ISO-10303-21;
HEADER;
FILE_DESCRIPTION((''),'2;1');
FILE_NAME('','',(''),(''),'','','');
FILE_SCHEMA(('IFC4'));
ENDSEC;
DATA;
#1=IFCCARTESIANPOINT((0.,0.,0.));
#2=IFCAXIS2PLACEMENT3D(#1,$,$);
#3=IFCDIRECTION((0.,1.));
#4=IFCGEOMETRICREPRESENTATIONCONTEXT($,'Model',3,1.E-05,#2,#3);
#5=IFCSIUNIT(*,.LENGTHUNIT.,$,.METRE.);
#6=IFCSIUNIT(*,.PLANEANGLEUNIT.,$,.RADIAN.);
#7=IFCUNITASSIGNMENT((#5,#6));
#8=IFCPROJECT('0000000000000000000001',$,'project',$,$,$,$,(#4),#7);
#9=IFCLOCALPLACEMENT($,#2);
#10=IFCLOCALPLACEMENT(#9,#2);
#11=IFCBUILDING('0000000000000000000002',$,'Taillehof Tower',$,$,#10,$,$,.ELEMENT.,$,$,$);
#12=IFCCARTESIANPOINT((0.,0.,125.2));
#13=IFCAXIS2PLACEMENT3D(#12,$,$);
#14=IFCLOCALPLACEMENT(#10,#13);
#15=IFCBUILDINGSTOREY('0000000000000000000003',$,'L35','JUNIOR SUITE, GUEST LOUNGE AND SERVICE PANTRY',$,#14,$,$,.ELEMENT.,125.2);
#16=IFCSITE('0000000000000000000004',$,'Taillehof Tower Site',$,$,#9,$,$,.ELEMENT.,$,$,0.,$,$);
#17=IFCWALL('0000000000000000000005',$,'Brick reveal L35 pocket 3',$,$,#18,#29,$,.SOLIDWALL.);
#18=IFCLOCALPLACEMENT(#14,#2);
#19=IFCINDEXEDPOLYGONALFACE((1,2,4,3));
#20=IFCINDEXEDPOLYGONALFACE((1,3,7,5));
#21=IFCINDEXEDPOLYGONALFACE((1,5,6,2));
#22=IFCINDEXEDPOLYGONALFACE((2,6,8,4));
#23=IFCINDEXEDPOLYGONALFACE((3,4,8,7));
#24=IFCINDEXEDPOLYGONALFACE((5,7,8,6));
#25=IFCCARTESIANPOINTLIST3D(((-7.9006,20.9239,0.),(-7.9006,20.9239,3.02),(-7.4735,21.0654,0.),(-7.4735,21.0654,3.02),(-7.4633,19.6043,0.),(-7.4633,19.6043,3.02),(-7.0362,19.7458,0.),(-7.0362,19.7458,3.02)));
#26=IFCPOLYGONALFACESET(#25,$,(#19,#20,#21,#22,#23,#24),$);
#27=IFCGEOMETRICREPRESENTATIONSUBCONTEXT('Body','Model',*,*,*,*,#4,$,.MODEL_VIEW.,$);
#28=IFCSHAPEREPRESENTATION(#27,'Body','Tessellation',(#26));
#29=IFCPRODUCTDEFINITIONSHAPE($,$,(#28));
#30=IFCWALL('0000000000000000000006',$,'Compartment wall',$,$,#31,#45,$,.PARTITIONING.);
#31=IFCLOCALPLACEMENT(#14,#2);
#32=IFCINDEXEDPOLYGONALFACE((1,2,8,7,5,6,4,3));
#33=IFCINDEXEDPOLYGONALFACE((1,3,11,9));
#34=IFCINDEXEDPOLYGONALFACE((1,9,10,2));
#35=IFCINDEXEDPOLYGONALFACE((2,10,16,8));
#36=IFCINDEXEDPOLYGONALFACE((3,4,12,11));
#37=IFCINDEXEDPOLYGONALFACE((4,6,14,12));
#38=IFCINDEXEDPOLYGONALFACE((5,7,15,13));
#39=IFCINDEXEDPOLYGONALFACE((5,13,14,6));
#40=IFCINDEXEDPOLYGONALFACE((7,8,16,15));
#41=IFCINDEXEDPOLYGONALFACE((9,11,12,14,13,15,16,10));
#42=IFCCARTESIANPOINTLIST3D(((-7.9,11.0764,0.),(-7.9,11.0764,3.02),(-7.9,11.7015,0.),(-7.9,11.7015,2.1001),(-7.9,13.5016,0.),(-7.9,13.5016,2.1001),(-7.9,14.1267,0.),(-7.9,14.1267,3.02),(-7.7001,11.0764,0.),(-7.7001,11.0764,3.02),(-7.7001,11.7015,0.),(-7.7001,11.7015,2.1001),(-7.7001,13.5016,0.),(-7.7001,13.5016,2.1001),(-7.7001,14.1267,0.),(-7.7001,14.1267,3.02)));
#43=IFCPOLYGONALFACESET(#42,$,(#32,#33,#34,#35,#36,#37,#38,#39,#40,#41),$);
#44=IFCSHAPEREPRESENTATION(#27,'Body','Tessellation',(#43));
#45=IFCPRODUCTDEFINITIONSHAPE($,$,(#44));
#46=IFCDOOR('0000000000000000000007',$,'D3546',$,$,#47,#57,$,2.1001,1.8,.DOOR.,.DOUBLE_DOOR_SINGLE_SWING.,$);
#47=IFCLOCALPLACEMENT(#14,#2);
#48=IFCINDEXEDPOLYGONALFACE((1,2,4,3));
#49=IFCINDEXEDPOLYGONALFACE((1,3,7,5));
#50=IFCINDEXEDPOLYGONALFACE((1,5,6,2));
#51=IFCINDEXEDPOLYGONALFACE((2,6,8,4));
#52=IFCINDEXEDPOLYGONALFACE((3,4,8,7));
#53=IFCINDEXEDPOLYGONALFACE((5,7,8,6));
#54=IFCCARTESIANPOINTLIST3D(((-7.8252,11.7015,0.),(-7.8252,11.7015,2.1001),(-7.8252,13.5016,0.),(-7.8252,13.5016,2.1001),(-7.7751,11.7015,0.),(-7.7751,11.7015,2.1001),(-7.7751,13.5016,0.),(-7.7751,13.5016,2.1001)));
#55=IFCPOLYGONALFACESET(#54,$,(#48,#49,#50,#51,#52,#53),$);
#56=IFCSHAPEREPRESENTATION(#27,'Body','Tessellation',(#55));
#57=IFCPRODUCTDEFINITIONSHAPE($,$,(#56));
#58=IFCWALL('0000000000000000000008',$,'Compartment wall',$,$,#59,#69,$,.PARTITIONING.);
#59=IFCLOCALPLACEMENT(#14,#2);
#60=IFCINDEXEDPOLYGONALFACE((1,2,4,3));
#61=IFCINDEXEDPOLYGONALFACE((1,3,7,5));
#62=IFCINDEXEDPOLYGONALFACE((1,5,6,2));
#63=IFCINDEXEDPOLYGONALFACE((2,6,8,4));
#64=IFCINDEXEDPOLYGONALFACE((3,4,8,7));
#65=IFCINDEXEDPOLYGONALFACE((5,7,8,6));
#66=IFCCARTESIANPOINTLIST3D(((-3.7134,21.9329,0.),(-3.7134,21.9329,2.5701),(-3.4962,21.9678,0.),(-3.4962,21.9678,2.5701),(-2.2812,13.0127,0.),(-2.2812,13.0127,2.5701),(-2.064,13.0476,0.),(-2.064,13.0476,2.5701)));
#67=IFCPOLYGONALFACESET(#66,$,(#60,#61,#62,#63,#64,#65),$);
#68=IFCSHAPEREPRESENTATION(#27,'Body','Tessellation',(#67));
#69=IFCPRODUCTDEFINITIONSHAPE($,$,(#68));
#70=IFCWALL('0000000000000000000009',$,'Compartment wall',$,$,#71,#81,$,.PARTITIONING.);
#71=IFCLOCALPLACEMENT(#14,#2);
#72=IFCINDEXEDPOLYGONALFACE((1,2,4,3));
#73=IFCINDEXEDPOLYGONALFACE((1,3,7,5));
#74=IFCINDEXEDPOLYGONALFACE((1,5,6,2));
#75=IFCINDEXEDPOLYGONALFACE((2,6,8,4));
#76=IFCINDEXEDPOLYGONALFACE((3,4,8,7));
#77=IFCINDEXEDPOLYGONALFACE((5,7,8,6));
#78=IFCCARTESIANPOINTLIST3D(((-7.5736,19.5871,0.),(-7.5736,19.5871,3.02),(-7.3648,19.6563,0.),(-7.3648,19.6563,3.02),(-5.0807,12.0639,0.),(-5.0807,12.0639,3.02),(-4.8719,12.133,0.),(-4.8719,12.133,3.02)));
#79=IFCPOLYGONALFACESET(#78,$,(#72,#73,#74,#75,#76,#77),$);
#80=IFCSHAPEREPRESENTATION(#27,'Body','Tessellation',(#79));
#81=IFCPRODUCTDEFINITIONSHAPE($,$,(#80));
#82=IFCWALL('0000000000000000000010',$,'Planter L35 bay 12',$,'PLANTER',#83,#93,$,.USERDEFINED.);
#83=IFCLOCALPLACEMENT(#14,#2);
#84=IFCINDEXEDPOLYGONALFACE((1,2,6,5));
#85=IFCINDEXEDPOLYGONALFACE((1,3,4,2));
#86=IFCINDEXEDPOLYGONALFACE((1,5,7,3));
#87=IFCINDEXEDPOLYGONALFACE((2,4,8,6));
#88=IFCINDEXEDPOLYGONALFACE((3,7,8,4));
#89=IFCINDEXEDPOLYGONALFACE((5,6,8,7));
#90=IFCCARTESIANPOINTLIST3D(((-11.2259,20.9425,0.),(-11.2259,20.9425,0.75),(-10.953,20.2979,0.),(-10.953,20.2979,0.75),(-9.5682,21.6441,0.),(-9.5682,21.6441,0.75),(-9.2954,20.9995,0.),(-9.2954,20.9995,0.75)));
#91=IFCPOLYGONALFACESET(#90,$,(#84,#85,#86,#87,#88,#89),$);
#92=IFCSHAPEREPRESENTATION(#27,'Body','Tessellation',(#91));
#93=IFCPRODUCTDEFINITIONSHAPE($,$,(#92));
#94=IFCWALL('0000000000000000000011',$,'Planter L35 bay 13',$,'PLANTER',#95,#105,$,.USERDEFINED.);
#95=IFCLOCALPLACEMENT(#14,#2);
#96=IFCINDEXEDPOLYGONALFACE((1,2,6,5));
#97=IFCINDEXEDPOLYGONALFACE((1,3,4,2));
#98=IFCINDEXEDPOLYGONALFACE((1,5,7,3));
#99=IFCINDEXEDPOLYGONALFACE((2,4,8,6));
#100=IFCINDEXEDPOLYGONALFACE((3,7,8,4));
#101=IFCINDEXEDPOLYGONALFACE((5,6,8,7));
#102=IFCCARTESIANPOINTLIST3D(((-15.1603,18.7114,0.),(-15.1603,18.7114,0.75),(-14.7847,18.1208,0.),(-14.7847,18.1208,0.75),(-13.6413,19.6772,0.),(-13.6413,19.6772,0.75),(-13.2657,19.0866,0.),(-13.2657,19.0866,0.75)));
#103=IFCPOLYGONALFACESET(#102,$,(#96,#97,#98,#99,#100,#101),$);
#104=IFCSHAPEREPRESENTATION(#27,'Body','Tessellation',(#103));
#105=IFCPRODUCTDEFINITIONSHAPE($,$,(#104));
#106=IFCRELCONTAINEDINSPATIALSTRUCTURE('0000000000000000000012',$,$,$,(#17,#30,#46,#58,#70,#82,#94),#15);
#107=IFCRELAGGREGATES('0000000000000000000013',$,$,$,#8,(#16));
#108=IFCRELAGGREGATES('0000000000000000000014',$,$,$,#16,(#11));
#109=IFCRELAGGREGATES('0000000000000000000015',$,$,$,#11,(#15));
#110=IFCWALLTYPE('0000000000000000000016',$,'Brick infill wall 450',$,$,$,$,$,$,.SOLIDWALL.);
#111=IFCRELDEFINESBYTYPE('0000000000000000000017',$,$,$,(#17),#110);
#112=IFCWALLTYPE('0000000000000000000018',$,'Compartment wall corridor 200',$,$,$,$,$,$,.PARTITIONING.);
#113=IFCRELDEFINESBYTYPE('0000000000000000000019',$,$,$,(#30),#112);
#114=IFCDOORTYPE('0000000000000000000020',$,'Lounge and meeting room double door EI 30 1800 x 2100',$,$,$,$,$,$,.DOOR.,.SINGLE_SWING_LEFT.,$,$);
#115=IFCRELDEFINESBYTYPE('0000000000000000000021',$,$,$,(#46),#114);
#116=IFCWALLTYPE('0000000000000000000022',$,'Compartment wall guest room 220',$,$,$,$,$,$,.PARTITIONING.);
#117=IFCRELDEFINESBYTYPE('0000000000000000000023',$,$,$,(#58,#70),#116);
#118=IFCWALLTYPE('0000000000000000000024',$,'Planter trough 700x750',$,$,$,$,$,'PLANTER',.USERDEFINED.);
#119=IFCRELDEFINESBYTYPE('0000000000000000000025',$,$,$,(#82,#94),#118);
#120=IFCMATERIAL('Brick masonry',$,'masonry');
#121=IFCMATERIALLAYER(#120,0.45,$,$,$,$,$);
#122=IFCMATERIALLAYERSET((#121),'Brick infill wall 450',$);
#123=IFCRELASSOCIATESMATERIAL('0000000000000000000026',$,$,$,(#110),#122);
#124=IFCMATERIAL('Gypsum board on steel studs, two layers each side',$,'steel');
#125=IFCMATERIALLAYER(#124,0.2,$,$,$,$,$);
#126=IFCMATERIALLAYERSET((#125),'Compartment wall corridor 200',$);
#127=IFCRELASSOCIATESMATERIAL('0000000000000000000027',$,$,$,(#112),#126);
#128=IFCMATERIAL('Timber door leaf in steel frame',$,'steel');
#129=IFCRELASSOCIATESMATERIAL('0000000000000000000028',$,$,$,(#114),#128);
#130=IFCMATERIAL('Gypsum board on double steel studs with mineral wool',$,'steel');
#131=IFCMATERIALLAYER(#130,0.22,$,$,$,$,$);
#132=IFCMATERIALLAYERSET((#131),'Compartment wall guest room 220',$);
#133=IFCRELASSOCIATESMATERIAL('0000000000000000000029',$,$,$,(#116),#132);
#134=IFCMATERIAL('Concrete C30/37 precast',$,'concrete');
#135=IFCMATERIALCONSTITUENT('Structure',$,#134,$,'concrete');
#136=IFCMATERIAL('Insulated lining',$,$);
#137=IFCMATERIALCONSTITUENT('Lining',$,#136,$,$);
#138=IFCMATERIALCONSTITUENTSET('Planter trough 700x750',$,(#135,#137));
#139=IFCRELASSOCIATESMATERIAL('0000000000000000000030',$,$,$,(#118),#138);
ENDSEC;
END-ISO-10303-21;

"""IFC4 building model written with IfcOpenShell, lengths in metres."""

from ifc_helpers import new_model, si_unit, direction, frame, frame_2d, origin, place, context, subcontext, project, spatial, rectangle, extrude, material, layer, layer_set, constituent, constituent_set, type_object, element, fill, save


model = new_model("IFC4")

# Units and contexts
model_context = context("Model", 3, precision=1e-05, world=origin(), true_north=direction((0.0, 1.0)))
body_context = subcontext(model_context, "Body", "Model", "MODEL_VIEW")
ifc_project = project(units=[si_unit("LENGTHUNIT", "METRE"), si_unit("PLANEANGLEUNIT", "RADIAN")], contexts=[model_context])

# Site, building, storey
site_placement = place(None, origin())
site = spatial("IfcSite", under=ifc_project, at=site_placement, Name="Taillehof Tower Site", CompositionType="ELEMENT", RefElevation=0.0)
building_placement = place(site_placement, origin())
building = spatial("IfcBuilding", under=site, at=building_placement, Name="Taillehof Tower", CompositionType="ELEMENT")
storey_placement = place(building_placement, frame((0.0, 0.0, 125.2)))
storey = spatial("IfcBuildingStorey", under=building, at=storey_placement, Name="L35", Description="JUNIOR SUITE, GUEST LOUNGE AND SERVICE PANTRY", CompositionType="ELEMENT", Elevation=125.2)

# Shared definitions
ifc_material_1 = material(Name="Brick masonry", Category="masonry")
ifc_layer_1 = layer(ifc_material_1, 0.45)
ifc_layer_set_1 = layer_set([ifc_layer_1], Name="Brick infill wall 450")
wall_type_1 = type_object("IfcWallType", Name="Brick infill wall 450", PredefinedType="SOLIDWALL", material=ifc_layer_set_1)

# Wall
wall_1_placement = place(storey_placement, frame((-7.687, 20.9946, 0.0), z_axis=(0.0, 0.0, 1.0), x_axis=(0.314541, -0.949244, 0.0)))
element("IfcWall", 1, at=wall_1_placement, inside=storey, type_object=wall_type_1, Name="Brick reveal L35 pocket 3", PredefinedType="SOLIDWALL", context=body_context, shape_type="SweptSolid", body=[
    extrude(rectangle(XDim=1.3901, YDim=0.45, at=frame_2d((0.6951, 0.0))), origin(), (0.0, 0.0, 1.0), 3.02),
])

# Wall, opening, door
ifc_material_2 = material(Name="Gypsum board on steel studs, two layers each side", Category="steel")
ifc_layer_2 = layer(ifc_material_2, 0.2)
ifc_layer_set_2 = layer_set([ifc_layer_2], Name="Compartment wall corridor 200")
wall_type_2 = type_object("IfcWallType", Name="Compartment wall corridor 200", PredefinedType="PARTITIONING", material=ifc_layer_set_2)
wall_2_placement = place(storey_placement, frame((-7.8, 14.1267, 0.0), z_axis=(0.0, 0.0, 1.0), x_axis=(0.0, -1.0, 0.0)))
wall_2 = element("IfcWall", 2, at=wall_2_placement, inside=storey, type_object=wall_type_2, Name="Compartment wall", PredefinedType="PARTITIONING", context=body_context, shape_type="SweptSolid", body=[
    extrude(rectangle(XDim=3.0503, YDim=0.2, at=frame_2d((1.5251, 0.0))), origin(), (0.0, 0.0, 1.0), 3.02),
])
opening_1_placement = place(wall_2_placement, frame((0.6252, 0.0, 0.0)))
opening_1 = element("IfcOpeningElement", 3, at=opening_1_placement, cuts=wall_2, PredefinedType="OPENING", context=body_context, shape_type="SweptSolid", body=[
    extrude(rectangle(XDim=1.8, YDim=2.1001, at=frame_2d((0.8999, 1.05))), frame((0.0, 0.1099, 0.0), z_axis=(0.0, -1.0, 0.0), x_axis=(1.0, 0.0, 0.0)), (0.0, 0.0, 1.0), 0.22),
])
ifc_material_3 = material(Name="Timber door leaf in steel frame", Category="steel")
door_type_1 = type_object("IfcDoorType", Name="Lounge and meeting room double door EI 30 1800 x 2100", OperationType="SINGLE_SWING_LEFT", PredefinedType="DOOR", material=ifc_material_3)
door_1_placement = place(opening_1_placement, origin())
door_1 = element("IfcDoor", 4, at=door_1_placement, inside=storey, type_object=door_type_1, Name="D3546", OperationType="DOUBLE_DOOR_SINGLE_SWING", OverallHeight=2.1001, OverallWidth=1.8, PredefinedType="DOOR", context=body_context, shape_type="SweptSolid", body=[
    extrude(rectangle(XDim=1.8, YDim=2.1001, at=frame_2d((0.8999, 1.05))), frame((0.0, 0.0249, 0.0), z_axis=(0.0, -1.0, 0.0), x_axis=(1.0, 0.0, 0.0)), (0.0, 0.0, 1.0), 0.05),
])
fill(opening_1, door_1)

# Walls
ifc_material_4 = material(Name="Gypsum board on double steel studs with mineral wool", Category="steel")
ifc_layer_3 = layer(ifc_material_4, 0.22)
ifc_layer_set_3 = layer_set([ifc_layer_3], Name="Compartment wall guest room 220")
wall_type_3 = type_object("IfcWallType", Name="Compartment wall guest room 220", PredefinedType="PARTITIONING", material=ifc_layer_set_3)
wall_3_placement = place(storey_placement, frame((-3.6047, 21.9502, 0.0), z_axis=(0.0, 0.0, 1.0), x_axis=(0.15852, -0.987356, 0.0)))
element("IfcWall", 5, at=wall_3_placement, inside=storey, type_object=wall_type_3, Name="Compartment wall", PredefinedType="PARTITIONING", context=body_context, shape_type="SweptSolid", body=[
    extrude(rectangle(XDim=9.0344, YDim=0.22, at=frame_2d((4.5171, 0.0))), origin(), (0.0, 0.0, 1.0), 2.5701),
])
wall_4_placement = place(storey_placement, frame((-7.4692, 19.6218, 0.0), z_axis=(0.0, 0.0, 1.0), x_axis=(0.314545, -0.949242, 0.0)))
element("IfcWall", 6, at=wall_4_placement, inside=storey, type_object=wall_type_3, Name="Compartment wall", PredefinedType="PARTITIONING", context=body_context, shape_type="SweptSolid", body=[
    extrude(rectangle(XDim=7.9255, YDim=0.22, at=frame_2d((3.9629, 0.0))), origin(), (0.0, 0.0, 1.0), 3.02),
])
ifc_material_5 = material(Name="Concrete C30/37 precast", Category="concrete")
ifc_constituent_1 = constituent(ifc_material_5, Name="Structure", Category="concrete")
ifc_material_6 = material(Name="Insulated lining")
ifc_constituent_2 = constituent(ifc_material_6, Name="Lining")
ifc_constituent_set = constituent_set(constituents=[ifc_constituent_1, ifc_constituent_2], Name="Planter trough 700x750")
wall_type_4 = type_object("IfcWallType", Name="Planter trough 700x750", ElementType="PLANTER", PredefinedType="USERDEFINED", material=ifc_constituent_set)
for number, where, z_axis, x_axis, name in (
    (7, (-9.4319, 21.3218, 0.0), (0.0, 0.0, 1.0), (-0.920904, -0.38979, 0.0), "Planter L35 bay 12"),
    (8, (-13.4536, 19.3818, 0.0), (0.0, 0.0, 1.0), (-0.843874, -0.536542, 0.0), "Planter L35 bay 13"),
):
    element("IfcWall", number, at=place(storey_placement, frame(where, z_axis=z_axis, x_axis=x_axis)), inside=storey, type_object=wall_type_4, Name=name, ObjectType="PLANTER", PredefinedType="USERDEFINED", context=body_context, shape_type="SweptSolid", body=[
        extrude(rectangle(XDim=1.8, YDim=0.7, at=frame_2d((0.8999, 0.0))), origin(), (0.0, 0.0, 1.0), 0.75),
    ])

save(model, "model.ifc")
